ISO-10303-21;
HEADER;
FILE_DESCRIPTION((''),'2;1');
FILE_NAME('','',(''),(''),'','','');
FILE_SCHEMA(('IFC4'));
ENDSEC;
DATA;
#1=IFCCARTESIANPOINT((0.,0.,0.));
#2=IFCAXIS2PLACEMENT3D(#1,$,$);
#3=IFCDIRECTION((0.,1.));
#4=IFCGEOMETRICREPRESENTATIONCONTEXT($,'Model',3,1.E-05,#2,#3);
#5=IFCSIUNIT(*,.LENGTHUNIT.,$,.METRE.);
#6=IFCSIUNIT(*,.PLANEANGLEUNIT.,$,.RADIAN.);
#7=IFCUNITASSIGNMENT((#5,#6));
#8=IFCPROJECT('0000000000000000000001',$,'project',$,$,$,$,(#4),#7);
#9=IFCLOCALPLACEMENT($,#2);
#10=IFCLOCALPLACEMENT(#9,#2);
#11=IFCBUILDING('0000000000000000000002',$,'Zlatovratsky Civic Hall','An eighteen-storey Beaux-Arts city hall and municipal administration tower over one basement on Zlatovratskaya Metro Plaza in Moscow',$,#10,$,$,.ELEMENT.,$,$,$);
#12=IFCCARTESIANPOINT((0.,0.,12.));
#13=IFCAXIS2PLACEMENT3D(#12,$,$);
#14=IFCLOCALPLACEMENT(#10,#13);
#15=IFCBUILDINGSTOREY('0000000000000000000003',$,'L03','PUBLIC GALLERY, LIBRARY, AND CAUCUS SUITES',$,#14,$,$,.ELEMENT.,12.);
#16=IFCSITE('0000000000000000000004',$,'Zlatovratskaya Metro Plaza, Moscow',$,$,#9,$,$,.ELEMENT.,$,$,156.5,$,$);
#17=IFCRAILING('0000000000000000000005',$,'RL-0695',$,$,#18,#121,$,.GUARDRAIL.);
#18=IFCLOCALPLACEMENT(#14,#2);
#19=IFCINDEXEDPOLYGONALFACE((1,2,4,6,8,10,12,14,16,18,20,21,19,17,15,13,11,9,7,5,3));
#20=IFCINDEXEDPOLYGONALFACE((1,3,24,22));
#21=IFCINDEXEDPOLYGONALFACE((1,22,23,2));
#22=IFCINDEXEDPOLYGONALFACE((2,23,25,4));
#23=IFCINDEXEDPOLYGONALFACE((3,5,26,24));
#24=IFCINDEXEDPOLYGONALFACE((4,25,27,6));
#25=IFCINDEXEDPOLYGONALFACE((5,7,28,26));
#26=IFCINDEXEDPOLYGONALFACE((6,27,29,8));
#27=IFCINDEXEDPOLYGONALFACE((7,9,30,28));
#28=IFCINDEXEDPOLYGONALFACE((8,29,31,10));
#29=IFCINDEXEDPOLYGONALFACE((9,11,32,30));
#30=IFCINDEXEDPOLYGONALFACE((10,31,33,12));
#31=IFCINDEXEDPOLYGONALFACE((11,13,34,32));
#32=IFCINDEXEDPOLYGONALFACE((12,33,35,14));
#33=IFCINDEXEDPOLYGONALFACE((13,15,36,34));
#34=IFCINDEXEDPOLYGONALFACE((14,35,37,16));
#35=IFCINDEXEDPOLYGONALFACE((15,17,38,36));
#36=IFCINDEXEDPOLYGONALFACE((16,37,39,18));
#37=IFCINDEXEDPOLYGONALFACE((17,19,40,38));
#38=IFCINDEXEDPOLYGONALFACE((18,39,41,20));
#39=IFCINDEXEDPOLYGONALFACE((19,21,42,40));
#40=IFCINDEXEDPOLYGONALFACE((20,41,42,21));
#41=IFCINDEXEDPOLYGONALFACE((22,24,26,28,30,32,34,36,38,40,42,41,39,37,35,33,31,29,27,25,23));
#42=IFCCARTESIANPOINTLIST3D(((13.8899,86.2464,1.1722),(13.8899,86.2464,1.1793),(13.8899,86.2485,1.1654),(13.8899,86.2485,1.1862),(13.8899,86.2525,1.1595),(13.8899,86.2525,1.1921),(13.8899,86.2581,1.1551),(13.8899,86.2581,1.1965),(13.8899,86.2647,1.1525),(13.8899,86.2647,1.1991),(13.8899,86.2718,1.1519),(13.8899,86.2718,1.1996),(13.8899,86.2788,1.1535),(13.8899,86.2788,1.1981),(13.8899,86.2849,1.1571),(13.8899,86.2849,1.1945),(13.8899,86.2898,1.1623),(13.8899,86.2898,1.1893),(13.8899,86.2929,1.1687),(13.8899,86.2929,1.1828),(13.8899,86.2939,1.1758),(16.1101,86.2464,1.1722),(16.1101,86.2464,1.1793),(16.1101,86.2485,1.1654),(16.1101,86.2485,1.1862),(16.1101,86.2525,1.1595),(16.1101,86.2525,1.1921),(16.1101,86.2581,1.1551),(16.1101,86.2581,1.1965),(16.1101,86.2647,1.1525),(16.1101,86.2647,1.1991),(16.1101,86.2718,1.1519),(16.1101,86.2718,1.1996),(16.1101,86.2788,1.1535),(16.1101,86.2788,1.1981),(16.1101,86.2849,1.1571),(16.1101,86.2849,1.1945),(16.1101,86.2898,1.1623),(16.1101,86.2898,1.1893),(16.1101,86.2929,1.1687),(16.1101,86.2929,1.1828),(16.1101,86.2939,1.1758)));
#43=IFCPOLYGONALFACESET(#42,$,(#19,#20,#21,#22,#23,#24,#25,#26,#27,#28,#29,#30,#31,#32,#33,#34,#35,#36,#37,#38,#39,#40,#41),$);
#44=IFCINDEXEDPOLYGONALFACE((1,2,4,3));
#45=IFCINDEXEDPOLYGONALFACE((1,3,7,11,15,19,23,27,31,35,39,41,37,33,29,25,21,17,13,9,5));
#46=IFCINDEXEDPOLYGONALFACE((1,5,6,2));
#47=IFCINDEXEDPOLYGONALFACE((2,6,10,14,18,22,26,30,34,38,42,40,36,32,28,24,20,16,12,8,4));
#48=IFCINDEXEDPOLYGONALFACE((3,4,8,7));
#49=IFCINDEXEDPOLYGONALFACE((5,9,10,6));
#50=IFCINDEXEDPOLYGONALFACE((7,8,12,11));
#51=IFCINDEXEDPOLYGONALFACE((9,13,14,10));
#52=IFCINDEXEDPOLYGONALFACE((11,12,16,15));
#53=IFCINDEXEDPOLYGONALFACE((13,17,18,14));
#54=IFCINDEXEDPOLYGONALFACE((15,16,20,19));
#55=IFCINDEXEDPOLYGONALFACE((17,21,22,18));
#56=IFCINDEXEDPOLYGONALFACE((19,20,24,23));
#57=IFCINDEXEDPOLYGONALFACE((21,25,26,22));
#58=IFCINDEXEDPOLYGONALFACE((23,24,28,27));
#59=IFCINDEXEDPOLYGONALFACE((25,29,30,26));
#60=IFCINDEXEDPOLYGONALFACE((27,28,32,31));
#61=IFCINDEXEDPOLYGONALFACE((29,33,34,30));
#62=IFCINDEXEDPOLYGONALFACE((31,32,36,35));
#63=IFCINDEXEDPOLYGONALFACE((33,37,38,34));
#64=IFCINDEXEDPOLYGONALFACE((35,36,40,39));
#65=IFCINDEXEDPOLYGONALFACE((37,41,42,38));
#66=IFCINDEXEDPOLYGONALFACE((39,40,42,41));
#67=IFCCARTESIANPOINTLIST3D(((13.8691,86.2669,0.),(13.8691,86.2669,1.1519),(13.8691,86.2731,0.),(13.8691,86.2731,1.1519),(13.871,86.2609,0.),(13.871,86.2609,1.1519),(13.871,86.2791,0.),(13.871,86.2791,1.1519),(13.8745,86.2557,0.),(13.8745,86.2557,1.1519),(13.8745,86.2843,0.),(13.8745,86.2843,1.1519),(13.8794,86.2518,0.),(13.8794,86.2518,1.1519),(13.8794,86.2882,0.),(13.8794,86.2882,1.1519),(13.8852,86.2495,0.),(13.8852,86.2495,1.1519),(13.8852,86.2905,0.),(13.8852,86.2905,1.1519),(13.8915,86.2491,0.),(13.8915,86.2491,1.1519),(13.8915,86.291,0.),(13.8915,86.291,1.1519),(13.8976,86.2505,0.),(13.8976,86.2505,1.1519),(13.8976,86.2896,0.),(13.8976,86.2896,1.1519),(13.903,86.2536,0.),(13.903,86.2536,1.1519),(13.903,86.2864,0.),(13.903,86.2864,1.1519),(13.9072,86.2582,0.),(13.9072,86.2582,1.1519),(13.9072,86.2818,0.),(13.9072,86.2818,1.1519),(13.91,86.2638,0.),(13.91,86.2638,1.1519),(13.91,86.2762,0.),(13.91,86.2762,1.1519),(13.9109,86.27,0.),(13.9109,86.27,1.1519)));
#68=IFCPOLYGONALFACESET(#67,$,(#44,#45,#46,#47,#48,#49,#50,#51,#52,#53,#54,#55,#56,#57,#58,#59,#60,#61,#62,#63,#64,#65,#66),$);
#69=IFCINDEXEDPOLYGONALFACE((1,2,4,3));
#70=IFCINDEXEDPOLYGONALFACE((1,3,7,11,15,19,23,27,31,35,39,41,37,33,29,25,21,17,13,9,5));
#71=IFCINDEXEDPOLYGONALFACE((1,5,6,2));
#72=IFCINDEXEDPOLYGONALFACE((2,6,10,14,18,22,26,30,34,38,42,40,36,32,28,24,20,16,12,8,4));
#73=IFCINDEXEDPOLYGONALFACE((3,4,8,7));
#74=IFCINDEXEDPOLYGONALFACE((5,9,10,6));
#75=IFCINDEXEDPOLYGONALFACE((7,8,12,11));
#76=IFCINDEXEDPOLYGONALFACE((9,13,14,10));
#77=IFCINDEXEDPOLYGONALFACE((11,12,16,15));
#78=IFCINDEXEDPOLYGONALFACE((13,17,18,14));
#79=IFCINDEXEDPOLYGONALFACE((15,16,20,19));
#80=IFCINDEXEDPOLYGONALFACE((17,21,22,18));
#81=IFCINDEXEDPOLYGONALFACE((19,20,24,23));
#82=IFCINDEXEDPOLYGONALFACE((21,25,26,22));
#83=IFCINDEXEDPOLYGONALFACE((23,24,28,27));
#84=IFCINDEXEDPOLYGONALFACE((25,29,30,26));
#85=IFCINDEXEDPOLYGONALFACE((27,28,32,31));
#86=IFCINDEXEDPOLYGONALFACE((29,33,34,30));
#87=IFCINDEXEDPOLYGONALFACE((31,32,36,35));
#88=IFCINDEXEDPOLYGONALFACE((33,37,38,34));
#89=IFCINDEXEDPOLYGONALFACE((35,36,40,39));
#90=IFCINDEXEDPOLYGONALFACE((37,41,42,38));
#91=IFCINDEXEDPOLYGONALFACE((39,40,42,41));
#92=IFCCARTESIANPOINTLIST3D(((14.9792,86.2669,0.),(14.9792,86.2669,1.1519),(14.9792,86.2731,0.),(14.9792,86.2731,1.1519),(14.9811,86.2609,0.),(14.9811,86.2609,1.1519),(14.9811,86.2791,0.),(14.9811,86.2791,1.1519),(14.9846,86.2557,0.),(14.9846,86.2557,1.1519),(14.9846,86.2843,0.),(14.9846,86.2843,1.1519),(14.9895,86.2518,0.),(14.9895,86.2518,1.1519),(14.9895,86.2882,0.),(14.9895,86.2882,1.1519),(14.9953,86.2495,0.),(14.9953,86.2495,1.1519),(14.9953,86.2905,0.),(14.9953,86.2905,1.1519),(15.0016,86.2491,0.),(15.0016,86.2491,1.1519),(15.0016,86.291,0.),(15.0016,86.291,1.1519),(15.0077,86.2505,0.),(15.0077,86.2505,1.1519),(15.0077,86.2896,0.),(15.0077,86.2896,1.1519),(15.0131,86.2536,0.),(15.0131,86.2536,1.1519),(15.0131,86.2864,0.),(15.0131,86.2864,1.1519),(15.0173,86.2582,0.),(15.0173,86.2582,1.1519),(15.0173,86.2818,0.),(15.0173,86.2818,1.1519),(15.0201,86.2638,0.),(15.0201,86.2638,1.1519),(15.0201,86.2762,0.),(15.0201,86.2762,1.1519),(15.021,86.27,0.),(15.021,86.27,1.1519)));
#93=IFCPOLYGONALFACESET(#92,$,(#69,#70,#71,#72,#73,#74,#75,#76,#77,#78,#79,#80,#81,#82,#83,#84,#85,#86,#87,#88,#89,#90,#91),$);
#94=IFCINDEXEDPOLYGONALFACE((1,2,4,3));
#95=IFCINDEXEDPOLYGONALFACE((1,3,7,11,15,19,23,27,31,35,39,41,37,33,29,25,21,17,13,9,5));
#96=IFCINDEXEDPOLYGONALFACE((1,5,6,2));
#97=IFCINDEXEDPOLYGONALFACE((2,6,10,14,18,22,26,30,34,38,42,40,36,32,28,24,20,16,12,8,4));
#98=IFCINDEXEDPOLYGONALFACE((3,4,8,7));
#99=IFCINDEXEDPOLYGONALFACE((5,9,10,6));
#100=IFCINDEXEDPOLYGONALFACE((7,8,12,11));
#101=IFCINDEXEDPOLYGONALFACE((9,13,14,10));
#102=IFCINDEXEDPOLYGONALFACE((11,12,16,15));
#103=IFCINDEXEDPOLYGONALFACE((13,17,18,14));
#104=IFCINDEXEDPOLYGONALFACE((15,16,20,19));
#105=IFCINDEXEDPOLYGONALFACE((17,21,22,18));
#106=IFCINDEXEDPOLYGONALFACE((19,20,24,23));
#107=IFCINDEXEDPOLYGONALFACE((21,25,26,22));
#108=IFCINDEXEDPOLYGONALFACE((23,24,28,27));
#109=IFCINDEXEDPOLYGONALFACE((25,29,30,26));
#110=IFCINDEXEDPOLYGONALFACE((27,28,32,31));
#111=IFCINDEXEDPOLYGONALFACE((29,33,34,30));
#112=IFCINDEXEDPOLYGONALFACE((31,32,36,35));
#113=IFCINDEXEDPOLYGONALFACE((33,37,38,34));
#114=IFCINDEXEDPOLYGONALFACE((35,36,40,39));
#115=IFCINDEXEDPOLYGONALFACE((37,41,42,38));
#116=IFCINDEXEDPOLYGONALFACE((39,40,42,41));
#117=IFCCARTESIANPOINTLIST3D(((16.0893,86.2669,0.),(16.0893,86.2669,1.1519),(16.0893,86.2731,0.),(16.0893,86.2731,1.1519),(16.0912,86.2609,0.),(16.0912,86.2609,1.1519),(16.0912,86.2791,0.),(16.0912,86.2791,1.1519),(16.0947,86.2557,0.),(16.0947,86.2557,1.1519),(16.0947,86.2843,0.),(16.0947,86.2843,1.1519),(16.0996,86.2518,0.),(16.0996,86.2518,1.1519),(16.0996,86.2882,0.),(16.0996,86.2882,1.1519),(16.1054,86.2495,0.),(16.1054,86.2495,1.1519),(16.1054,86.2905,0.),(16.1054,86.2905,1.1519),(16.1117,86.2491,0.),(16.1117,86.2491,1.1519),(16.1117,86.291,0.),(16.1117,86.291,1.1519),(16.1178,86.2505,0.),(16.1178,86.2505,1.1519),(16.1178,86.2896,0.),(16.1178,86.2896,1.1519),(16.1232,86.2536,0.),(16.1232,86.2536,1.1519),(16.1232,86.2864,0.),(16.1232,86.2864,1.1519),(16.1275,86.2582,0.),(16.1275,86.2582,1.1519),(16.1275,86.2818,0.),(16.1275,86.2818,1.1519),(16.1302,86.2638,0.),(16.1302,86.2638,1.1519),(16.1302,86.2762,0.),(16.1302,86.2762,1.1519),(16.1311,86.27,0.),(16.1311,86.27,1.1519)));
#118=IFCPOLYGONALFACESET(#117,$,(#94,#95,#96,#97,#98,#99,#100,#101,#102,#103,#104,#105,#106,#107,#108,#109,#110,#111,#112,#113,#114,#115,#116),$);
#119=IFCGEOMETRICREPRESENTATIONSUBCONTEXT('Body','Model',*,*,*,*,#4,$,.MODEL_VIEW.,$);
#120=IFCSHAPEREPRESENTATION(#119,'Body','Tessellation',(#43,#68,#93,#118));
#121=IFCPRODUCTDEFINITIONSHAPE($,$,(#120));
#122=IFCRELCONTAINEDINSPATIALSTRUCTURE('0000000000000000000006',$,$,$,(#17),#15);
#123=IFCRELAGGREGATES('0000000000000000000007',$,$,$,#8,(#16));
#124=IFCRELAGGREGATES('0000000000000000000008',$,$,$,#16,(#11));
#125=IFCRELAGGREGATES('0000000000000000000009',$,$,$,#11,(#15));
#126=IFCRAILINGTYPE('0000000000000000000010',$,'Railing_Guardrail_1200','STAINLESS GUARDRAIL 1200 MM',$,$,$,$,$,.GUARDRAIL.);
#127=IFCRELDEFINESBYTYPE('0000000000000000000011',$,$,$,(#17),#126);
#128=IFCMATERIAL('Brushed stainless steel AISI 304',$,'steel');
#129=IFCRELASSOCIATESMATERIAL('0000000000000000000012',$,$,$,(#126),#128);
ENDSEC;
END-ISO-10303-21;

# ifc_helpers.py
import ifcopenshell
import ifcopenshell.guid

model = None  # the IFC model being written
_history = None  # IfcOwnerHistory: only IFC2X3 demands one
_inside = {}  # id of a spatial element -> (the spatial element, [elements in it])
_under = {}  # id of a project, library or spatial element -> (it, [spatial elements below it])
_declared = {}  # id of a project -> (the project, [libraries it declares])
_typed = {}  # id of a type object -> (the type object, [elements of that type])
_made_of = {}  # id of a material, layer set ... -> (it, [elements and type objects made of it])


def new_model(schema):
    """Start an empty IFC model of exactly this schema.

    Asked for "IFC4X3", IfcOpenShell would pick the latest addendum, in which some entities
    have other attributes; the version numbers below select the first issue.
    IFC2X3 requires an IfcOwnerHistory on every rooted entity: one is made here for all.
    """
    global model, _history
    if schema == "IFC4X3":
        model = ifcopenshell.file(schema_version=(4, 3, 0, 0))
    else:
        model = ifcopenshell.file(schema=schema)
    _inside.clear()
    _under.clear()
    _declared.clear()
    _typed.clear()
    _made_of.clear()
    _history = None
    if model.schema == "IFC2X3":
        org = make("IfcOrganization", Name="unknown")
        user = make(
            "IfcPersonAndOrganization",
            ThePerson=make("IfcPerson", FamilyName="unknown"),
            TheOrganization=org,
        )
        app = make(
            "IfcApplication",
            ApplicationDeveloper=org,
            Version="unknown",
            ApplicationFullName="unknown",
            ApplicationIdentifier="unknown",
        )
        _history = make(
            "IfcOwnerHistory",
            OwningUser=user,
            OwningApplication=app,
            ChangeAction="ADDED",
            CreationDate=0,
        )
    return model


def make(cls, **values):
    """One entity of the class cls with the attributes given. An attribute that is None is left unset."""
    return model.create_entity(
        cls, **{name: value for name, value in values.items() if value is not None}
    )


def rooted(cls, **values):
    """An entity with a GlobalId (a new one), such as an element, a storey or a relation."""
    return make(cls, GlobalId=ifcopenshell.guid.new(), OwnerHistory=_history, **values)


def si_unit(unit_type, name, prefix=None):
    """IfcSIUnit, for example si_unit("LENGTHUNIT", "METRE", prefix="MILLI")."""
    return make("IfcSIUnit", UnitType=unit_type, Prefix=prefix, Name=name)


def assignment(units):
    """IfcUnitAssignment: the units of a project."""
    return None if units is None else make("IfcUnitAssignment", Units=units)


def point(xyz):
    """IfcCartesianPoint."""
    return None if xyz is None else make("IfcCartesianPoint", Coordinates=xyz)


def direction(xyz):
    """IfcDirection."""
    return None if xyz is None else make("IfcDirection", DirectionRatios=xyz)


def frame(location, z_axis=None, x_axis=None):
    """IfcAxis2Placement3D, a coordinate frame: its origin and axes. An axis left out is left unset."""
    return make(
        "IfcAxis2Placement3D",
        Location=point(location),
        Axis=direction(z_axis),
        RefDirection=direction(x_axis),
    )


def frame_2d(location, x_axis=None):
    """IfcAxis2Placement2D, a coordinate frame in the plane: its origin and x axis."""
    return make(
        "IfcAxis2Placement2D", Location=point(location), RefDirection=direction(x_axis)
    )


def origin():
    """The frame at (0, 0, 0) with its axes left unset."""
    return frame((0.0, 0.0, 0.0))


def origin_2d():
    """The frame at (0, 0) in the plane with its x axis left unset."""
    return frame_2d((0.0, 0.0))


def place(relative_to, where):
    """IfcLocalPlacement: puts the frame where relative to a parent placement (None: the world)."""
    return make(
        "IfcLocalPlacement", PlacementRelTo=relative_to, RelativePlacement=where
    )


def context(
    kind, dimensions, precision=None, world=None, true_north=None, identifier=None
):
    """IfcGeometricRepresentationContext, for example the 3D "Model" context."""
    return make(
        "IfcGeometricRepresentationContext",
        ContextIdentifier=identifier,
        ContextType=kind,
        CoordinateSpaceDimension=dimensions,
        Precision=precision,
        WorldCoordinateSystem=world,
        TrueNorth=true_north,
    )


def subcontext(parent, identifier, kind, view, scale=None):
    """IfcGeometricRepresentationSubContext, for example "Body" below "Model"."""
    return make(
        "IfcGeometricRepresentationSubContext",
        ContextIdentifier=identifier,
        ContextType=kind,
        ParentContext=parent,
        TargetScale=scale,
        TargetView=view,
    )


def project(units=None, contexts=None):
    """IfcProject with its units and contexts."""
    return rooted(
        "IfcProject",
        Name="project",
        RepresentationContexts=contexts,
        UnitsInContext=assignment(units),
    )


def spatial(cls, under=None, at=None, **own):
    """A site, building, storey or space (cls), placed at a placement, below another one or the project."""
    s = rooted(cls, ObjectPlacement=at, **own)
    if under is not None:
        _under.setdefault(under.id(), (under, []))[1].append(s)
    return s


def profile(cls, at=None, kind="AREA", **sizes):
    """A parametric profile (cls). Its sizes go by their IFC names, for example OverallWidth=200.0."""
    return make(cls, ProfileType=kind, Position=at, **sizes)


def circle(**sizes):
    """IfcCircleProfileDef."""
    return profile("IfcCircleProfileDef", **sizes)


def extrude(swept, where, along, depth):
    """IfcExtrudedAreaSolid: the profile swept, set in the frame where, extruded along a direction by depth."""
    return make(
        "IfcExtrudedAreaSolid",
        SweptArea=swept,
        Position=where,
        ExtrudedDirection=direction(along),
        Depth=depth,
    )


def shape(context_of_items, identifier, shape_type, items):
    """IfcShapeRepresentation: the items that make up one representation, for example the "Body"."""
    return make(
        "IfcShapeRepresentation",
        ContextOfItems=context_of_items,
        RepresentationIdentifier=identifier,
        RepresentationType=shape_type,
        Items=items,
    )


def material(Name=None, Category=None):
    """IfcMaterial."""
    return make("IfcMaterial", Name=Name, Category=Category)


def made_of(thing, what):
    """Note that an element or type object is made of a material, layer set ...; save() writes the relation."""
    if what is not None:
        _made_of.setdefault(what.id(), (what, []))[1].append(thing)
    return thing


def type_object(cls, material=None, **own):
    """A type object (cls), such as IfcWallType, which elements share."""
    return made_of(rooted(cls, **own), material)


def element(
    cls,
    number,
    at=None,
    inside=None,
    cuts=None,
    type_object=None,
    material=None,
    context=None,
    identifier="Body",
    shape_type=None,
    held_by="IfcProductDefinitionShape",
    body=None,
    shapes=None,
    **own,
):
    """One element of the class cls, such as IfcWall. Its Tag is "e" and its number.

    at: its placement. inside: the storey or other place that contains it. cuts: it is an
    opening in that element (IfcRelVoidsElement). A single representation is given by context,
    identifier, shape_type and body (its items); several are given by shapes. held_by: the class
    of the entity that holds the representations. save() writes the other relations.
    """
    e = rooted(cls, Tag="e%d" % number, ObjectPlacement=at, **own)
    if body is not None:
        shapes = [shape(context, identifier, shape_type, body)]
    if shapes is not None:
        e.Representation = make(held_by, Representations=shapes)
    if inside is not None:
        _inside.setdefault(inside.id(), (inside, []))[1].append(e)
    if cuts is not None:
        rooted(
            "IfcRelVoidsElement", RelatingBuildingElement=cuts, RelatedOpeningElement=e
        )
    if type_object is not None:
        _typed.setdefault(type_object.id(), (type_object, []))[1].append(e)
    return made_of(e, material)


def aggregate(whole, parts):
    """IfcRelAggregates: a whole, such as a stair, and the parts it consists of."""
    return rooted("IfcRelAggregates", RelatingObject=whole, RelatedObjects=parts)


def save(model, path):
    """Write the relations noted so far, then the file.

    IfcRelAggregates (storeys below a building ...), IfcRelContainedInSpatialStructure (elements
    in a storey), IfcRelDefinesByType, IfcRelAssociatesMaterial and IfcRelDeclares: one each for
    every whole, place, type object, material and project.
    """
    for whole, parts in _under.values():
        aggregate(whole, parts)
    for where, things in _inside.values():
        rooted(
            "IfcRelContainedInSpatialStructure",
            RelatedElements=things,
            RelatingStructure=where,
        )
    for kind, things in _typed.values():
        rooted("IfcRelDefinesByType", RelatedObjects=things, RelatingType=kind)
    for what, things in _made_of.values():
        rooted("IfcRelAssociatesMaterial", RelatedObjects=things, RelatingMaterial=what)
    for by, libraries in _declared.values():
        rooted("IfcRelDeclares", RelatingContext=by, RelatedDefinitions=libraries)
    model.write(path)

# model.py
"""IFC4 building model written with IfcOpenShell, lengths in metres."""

from ifc_helpers import new_model, si_unit, direction, frame, origin, origin_2d, place, context, subcontext, project, spatial, circle, extrude, material, type_object, element, save


model = new_model("IFC4")

# Units and contexts
model_context = context("Model", 3, precision=1e-05, world=origin(), true_north=direction((0.0, 1.0)))
body_context = subcontext(model_context, "Body", "Model", "MODEL_VIEW")
ifc_project = project(units=[si_unit("LENGTHUNIT", "METRE"), si_unit("PLANEANGLEUNIT", "RADIAN")], contexts=[model_context])

# Site, building, storey
site_placement = place(None, origin())
site = spatial("IfcSite", under=ifc_project, at=site_placement, Name="Zlatovratskaya Metro Plaza, Moscow", CompositionType="ELEMENT", RefElevation=156.5)
building_placement = place(site_placement, origin())
building = spatial("IfcBuilding", under=site, at=building_placement, Name="Zlatovratsky Civic Hall", Description="An eighteen-storey Beaux-Arts city hall and municipal administration tower over one basement on Zlatovratskaya Metro Plaza in Moscow", CompositionType="ELEMENT")
storey_placement = place(building_placement, frame((0.0, 0.0, 12.0)))
storey = spatial("IfcBuildingStorey", under=building, at=storey_placement, Name="L03", Description="PUBLIC GALLERY, LIBRARY, AND CAUCUS SUITES", CompositionType="ELEMENT", Elevation=12.0)

# Railing
ifc_material_1 = material(Name="Brushed stainless steel AISI 304", Category="steel")
railing_type_1 = type_object("IfcRailingType", Name="Railing_Guardrail_1200", Description="STAINLESS GUARDRAIL 1200 MM", PredefinedType="GUARDRAIL", material=ifc_material_1)
railing_1_placement = place(storey_placement, frame((13.8899, 86.27, 0.0)))
element("IfcRailing", 1, at=railing_1_placement, inside=storey, type_object=railing_type_1, Name="RL-0695", PredefinedType="GUARDRAIL", context=body_context, shape_type="SweptSolid", body=[
    extrude(circle(Radius=0.0239, at=origin_2d()), frame((0.0, 0.0, 1.1758), z_axis=(1.0, 0.0, 0.0), x_axis=(0.0, 1.0, 0.0)), (0.0, 0.0, 1.0), 2.2202),
    extrude(circle(Radius=0.021, at=origin_2d()), origin(), (0.0, 0.0, 1.0), 1.1519),
    extrude(circle(Radius=0.021, at=origin_2d()), frame((1.1101, 0.0, 0.0)), (0.0, 0.0, 1.0), 1.1519),
    extrude(circle(Radius=0.021, at=origin_2d()), frame((2.2202, 0.0, 0.0)), (0.0, 0.0, 1.0), 1.1519),
])

save(model, "model.ifc")
